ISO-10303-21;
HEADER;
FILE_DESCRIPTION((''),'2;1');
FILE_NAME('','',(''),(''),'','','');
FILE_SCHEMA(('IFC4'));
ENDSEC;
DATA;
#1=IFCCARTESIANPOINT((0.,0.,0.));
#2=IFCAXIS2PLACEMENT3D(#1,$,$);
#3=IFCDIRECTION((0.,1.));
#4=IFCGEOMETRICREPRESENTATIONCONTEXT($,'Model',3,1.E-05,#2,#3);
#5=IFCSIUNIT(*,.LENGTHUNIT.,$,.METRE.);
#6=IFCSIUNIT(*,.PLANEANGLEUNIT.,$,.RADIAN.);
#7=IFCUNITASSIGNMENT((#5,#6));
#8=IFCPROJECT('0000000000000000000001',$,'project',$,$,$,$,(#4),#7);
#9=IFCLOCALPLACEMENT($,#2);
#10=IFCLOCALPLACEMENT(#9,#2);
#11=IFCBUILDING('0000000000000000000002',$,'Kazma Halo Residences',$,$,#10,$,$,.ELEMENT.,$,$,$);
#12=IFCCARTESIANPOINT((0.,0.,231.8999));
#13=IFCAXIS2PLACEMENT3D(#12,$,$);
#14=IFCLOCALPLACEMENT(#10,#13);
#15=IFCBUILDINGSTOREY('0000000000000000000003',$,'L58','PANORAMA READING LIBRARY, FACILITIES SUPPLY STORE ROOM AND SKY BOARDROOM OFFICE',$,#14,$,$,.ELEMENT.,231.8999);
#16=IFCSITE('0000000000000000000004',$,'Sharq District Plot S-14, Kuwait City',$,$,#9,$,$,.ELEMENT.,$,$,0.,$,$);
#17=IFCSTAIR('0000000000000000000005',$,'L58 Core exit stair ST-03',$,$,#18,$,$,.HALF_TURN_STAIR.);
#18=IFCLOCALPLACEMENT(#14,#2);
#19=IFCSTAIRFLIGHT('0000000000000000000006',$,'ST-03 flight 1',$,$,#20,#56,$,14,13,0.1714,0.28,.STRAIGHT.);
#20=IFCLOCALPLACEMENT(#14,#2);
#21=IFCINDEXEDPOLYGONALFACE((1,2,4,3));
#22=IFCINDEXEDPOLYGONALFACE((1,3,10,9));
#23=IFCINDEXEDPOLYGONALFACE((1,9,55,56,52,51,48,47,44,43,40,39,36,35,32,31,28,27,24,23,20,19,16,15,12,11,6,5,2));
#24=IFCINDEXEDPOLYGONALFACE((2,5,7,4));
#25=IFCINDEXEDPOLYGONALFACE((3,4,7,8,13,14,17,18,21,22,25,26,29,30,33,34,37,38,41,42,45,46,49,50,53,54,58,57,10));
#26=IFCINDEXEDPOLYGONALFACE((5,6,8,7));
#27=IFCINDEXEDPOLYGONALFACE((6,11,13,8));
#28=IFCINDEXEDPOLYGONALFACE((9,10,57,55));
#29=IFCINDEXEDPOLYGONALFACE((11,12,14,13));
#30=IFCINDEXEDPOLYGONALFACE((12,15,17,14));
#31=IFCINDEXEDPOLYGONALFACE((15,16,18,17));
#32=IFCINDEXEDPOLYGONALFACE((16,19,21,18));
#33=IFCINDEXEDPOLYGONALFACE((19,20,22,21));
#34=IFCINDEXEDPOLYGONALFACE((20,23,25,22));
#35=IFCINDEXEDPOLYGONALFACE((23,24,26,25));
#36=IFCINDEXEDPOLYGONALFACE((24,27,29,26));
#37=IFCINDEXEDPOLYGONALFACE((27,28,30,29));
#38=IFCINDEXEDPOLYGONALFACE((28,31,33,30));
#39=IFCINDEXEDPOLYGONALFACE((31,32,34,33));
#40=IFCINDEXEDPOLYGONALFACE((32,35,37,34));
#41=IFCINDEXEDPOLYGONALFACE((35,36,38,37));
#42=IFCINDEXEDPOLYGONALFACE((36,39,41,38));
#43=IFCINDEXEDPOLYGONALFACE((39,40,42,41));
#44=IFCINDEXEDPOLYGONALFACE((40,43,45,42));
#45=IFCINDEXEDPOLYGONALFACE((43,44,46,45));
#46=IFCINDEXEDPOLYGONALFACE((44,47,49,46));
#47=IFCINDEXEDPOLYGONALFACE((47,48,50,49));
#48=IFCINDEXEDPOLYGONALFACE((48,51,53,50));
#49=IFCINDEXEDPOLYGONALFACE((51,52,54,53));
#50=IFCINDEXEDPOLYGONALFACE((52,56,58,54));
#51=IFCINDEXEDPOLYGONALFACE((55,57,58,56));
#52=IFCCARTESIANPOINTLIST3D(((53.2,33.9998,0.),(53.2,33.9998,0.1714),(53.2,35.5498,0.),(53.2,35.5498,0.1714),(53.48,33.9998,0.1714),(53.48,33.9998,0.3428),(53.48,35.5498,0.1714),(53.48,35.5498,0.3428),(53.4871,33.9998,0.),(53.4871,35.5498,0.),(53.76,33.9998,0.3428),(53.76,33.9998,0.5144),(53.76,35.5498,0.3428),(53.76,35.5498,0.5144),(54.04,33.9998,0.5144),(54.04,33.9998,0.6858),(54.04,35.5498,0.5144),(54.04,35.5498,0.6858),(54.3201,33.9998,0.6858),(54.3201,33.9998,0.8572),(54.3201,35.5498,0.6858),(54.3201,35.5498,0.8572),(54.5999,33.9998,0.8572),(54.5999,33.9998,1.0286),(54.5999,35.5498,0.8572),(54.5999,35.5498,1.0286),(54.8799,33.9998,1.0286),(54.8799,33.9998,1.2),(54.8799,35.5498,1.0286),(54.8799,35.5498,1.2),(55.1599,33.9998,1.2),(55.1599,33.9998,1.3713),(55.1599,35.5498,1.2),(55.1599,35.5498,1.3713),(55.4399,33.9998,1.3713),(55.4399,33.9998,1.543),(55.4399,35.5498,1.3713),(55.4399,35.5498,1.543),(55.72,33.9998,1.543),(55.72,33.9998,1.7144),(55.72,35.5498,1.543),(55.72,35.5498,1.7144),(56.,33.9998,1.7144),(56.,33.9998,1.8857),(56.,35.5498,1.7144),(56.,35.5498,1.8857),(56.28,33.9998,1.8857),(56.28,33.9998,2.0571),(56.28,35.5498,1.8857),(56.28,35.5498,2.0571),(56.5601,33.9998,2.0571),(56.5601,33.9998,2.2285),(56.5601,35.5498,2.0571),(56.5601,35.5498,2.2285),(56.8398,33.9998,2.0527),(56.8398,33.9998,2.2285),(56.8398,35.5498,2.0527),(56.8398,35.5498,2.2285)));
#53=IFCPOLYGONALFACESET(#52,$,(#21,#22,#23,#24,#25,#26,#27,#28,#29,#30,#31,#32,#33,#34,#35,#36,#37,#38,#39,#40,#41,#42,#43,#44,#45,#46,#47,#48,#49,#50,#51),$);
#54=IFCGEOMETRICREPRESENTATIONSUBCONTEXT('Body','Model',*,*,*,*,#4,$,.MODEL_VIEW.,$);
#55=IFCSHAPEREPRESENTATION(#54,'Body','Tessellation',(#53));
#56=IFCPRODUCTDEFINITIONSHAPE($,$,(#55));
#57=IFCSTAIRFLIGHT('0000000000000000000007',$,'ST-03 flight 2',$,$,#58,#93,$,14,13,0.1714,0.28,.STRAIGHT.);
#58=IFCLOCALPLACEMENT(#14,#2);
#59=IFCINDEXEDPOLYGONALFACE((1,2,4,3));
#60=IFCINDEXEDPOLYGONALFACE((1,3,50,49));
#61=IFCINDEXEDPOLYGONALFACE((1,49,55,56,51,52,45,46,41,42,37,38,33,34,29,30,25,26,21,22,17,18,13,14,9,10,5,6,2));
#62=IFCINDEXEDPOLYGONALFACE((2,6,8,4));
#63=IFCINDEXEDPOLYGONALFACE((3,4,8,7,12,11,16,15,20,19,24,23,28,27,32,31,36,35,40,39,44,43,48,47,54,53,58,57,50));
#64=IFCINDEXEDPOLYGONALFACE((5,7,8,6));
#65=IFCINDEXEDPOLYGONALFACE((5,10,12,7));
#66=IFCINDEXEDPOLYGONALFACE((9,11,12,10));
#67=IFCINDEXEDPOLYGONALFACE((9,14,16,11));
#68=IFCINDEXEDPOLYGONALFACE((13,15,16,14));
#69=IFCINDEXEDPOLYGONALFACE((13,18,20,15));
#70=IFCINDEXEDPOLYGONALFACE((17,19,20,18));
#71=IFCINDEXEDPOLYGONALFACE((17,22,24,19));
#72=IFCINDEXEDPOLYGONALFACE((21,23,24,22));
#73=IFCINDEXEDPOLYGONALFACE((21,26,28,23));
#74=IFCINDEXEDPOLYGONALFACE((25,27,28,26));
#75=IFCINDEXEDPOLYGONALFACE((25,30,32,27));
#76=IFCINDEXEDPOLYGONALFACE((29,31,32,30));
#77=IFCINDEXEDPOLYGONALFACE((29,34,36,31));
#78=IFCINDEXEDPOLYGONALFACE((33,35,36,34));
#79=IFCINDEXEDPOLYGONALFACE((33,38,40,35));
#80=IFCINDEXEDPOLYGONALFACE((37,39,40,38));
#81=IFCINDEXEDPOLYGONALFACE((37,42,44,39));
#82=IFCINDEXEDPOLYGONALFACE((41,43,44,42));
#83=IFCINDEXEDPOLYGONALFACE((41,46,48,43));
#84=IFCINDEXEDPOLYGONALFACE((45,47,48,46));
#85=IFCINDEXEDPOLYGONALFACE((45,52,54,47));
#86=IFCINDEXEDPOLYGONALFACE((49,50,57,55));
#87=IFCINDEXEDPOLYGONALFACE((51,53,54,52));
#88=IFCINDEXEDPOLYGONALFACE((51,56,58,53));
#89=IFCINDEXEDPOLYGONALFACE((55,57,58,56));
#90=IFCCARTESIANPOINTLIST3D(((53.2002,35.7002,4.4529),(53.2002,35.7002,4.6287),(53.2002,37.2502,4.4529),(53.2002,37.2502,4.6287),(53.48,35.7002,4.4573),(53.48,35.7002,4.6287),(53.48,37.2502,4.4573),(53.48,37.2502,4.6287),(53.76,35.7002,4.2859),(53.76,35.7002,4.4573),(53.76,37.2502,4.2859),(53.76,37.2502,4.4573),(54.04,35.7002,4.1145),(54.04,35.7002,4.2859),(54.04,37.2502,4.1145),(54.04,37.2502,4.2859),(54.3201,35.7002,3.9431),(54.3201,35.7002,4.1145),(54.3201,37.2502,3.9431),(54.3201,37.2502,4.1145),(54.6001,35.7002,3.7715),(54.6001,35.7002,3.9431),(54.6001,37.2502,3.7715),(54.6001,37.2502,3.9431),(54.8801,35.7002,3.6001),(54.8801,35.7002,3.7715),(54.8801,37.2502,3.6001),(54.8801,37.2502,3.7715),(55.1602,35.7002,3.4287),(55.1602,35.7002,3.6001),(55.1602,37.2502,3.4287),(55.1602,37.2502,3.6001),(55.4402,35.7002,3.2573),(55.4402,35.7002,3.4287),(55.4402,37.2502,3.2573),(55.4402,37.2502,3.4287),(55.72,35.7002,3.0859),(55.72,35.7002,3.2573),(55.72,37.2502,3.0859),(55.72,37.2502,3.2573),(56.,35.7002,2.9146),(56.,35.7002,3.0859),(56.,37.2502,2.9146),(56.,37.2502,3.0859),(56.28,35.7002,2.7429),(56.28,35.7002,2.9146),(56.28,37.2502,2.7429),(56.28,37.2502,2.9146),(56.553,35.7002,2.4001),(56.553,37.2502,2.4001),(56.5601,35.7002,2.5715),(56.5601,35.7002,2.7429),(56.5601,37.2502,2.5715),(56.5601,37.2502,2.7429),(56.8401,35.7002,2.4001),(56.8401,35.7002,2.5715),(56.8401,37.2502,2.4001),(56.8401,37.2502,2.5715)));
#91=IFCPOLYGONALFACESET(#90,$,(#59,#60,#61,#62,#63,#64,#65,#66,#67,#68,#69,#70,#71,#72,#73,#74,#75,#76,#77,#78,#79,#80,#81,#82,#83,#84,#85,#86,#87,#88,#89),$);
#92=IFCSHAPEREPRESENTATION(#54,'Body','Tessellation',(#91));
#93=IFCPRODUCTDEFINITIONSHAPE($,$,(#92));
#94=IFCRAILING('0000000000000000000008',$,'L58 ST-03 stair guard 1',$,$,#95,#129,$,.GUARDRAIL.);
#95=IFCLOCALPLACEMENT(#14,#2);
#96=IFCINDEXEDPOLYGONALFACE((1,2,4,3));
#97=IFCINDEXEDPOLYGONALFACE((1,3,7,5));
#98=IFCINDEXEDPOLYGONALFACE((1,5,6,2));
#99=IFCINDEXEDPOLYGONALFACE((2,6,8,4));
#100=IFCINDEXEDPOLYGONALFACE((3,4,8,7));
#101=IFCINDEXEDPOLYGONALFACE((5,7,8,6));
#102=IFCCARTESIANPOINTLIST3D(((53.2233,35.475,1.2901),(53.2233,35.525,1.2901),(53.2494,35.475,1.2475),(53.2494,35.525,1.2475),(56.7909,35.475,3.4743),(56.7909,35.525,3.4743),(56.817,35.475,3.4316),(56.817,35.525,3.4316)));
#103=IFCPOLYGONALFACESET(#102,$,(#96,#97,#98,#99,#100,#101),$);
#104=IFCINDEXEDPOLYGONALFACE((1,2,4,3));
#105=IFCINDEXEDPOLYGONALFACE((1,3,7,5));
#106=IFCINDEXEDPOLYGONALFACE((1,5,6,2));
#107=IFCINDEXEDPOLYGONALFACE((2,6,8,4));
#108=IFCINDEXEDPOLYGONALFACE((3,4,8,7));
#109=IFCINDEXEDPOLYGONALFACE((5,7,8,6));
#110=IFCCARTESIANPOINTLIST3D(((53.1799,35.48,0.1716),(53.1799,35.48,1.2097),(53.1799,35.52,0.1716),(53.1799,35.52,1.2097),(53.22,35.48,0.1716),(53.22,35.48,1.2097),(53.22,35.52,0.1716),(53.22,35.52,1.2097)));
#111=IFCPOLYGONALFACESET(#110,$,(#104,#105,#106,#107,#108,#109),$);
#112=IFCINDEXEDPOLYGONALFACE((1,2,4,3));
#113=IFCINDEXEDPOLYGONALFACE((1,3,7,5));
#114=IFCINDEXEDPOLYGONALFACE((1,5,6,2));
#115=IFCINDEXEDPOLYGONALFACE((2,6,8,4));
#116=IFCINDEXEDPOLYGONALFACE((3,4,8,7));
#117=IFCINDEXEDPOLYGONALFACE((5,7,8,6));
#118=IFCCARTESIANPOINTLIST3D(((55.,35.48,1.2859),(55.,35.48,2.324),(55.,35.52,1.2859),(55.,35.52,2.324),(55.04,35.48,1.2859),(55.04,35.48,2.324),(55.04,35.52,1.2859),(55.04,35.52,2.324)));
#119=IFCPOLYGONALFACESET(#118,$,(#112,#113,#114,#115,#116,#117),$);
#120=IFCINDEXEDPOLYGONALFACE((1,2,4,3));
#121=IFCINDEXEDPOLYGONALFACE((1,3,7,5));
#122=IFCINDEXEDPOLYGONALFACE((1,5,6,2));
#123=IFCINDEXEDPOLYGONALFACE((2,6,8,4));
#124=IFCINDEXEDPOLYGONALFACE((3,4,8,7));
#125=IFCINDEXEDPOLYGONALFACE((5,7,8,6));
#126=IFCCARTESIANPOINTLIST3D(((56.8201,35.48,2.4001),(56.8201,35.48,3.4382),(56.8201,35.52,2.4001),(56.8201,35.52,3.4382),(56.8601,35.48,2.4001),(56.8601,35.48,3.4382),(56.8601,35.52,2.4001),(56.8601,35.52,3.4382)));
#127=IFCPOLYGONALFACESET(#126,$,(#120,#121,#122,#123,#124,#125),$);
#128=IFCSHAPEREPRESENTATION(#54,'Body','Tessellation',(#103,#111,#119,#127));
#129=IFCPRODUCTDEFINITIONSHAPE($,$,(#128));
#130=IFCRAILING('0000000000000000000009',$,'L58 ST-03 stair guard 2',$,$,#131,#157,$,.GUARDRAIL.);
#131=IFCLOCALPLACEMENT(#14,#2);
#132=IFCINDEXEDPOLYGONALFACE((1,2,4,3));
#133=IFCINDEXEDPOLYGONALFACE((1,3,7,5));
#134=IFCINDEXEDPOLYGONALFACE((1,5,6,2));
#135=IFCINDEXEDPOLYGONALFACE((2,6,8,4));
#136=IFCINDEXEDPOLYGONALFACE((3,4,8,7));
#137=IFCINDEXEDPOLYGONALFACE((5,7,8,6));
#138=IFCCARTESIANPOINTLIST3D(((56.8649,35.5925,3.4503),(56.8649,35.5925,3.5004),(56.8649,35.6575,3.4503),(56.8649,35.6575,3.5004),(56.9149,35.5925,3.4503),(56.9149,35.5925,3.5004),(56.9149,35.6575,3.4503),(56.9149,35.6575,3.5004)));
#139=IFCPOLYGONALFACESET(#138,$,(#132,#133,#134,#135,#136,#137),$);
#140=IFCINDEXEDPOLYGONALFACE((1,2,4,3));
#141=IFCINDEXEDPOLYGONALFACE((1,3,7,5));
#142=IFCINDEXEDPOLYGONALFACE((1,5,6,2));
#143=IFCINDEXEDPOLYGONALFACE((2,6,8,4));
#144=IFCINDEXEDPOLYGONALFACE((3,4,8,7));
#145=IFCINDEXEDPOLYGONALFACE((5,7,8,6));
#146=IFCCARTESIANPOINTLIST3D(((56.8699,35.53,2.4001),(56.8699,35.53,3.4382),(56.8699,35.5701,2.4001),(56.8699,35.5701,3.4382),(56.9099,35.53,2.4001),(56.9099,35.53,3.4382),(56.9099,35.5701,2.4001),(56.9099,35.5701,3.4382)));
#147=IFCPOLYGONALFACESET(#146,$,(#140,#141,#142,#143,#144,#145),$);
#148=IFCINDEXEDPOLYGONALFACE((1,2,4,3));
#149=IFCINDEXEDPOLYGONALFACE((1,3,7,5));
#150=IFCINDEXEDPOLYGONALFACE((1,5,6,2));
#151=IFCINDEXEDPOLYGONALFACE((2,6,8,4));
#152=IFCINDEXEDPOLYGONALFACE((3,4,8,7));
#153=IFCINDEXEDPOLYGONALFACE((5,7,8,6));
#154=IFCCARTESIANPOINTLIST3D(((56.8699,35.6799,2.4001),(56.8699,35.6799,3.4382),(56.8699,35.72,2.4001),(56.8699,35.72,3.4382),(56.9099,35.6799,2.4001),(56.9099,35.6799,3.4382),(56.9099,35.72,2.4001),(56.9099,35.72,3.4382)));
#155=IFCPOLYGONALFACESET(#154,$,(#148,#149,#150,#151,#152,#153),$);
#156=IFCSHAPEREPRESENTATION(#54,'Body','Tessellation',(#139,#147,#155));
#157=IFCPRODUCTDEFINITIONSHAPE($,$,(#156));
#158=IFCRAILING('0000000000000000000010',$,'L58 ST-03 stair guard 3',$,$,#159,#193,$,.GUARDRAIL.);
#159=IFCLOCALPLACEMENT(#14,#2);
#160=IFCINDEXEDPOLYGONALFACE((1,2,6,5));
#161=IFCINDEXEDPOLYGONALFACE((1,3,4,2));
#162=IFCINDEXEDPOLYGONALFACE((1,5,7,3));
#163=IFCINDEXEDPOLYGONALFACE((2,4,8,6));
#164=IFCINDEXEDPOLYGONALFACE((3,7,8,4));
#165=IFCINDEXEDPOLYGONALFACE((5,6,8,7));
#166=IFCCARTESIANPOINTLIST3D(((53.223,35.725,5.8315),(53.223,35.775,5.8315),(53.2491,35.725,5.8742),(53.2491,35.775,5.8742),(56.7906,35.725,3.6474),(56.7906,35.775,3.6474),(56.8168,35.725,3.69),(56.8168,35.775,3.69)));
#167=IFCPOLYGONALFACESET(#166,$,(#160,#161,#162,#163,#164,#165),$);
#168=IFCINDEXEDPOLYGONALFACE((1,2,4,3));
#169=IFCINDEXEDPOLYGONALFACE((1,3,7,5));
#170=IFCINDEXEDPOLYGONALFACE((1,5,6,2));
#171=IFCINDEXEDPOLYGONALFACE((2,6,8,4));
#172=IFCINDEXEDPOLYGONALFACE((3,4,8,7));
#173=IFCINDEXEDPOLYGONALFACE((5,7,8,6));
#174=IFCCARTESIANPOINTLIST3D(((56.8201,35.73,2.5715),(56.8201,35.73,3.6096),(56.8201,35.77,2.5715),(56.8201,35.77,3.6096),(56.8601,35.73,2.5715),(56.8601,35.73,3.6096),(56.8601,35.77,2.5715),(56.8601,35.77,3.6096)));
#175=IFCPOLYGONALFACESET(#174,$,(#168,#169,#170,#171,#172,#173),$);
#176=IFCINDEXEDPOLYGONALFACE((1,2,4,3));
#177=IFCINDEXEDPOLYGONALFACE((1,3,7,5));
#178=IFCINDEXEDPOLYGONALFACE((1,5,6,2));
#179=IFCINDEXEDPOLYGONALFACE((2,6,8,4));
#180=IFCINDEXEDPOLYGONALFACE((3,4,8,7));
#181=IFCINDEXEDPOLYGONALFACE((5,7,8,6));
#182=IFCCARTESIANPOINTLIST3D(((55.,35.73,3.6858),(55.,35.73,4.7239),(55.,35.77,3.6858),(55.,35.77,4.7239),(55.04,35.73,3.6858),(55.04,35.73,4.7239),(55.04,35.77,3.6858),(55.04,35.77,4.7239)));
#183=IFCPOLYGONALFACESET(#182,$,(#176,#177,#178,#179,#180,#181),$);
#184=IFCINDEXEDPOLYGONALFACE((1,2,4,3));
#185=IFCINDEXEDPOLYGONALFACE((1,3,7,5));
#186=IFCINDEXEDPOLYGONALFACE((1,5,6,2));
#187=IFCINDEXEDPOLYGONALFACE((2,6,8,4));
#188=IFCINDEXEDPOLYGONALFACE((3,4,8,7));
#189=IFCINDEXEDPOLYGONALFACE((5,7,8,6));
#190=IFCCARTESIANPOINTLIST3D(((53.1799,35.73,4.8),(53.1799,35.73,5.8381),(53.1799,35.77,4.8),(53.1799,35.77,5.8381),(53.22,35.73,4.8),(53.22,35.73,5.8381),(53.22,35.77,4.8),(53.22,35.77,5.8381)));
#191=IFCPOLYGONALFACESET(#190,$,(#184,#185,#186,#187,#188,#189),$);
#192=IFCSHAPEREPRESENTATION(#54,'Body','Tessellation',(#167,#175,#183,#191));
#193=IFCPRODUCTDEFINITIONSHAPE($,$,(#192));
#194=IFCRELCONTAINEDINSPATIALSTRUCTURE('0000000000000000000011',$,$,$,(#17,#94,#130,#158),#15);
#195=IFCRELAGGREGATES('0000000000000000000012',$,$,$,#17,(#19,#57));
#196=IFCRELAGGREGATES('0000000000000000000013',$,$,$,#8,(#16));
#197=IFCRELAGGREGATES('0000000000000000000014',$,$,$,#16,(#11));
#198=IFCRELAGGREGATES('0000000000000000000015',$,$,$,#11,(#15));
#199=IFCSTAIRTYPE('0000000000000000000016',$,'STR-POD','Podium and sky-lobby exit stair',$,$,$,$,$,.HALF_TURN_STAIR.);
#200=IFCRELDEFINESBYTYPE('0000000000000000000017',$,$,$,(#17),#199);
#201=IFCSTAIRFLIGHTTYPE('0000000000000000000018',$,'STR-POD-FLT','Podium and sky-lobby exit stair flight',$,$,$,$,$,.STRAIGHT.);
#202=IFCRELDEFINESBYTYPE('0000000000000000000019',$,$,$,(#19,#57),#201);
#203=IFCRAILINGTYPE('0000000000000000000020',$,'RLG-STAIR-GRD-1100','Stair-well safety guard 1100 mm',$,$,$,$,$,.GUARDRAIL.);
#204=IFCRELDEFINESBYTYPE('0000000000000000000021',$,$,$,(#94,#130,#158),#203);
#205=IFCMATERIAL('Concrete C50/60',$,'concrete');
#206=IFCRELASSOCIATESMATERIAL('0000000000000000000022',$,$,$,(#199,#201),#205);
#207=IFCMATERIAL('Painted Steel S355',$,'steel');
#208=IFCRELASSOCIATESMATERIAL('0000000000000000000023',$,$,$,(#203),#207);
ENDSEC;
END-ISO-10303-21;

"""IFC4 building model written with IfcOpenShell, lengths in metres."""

from ifc_helpers import new_model, si_unit, direction, frame, origin, origin_2d, place, context, subcontext, project, spatial, polyline, rectangle, outline, extrude, material, type_object, element, aggregate, save


model = new_model("IFC4")

# Units and contexts
model_context = context("Model", 3, precision=1e-05, world=origin(), true_north=direction((0.0, 1.0)))
body_context = subcontext(model_context, "Body", "Model", "MODEL_VIEW")
ifc_project = project(units=[si_unit("LENGTHUNIT", "METRE"), si_unit("PLANEANGLEUNIT", "RADIAN")], contexts=[model_context])

# Site, building, storey
site_placement = place(None, origin())
site = spatial("IfcSite", under=ifc_project, at=site_placement, Name="Sharq District Plot S-14, Kuwait City", CompositionType="ELEMENT", RefElevation=0.0)
building_placement = place(site_placement, origin())
building = spatial("IfcBuilding", under=site, at=building_placement, Name="Kazma Halo Residences", CompositionType="ELEMENT")
storey_placement = place(building_placement, frame((0.0, 0.0, 231.8999)))
storey = spatial("IfcBuildingStorey", under=building, at=storey_placement, Name="L58", Description="PANORAMA READING LIBRARY, FACILITIES SUPPLY STORE ROOM AND SKY BOARDROOM OFFICE", CompositionType="ELEMENT", Elevation=231.8999)

# Shared definitions
ifc_material_1 = material(Name="Concrete C50/60", Category="concrete")

# Stair, stair flights
stair_type = type_object("IfcStairType", Name="STR-POD", Description="Podium and sky-lobby exit stair", PredefinedType="HALF_TURN_STAIR", material=ifc_material_1)
stair_placement = place(storey_placement, origin())
stair = element("IfcStair", 1, at=stair_placement, inside=storey, type_object=stair_type, Name="L58 Core exit stair ST-03", PredefinedType="HALF_TURN_STAIR")
stair_flight_type = type_object("IfcStairFlightType", Name="STR-POD-FLT", Description="Podium and sky-lobby exit stair flight", PredefinedType="STRAIGHT", material=ifc_material_1)
stair_flight_1_placement = place(storey_placement, frame((53.2, 34.7749, 0.0), z_axis=(0.0, 0.0, 1.0), x_axis=(1.0, 0.0, 0.0)))
stair_flight_1 = element("IfcStairFlight", 2, at=stair_flight_1_placement, type_object=stair_flight_type, Name="ST-03 flight 1", NumberOfRisers=14, NumberOfTreads=13, PredefinedType="STRAIGHT", RiserHeight=0.1714, TreadLength=0.28, context=body_context, shape_type="SweptSolid", body=[
    extrude(outline(polyline([(0.0, 0.0), (0.0, 0.1714), (0.28, 0.1714), (0.28, 0.3428), (0.5601, 0.3428), (0.5601, 0.5144), (0.8401, 0.5144), (0.8401, 0.6858), (1.1201, 0.6858), (1.1201, 0.8572), (1.3999, 0.8572), (1.3999, 1.0286), (1.6799, 1.0286), (1.6799, 1.2), (1.96, 1.2), (1.96, 1.3713), (2.24, 1.3713), (2.24, 1.543), (2.52, 1.543), (2.52, 1.7144), (2.8, 1.7144), (2.8, 1.8857), (3.0801, 1.8857), (3.0801, 2.0571), (3.3601, 2.0571), (3.3601, 2.2285), (3.6399, 2.2285), (3.6399, 2.3999), (3.6399, 2.0527), (0.2871, 0.0), (0.0, 0.0)])), frame((0.0, 0.7749, 0.0), z_axis=(0.0, -1.0, 0.0), x_axis=(1.0, 0.0, 0.0)), (0.0, 0.0, 1.0), 1.55),
])
stair_flight_2_placement = place(storey_placement, frame((56.8401, 36.4751, 2.4001), z_axis=(0.0, 0.0, 1.0), x_axis=(-1.0, 0.0, 0.0)))
stair_flight_2 = element("IfcStairFlight", 3, at=stair_flight_2_placement, type_object=stair_flight_type, Name="ST-03 flight 2", NumberOfRisers=14, NumberOfTreads=13, PredefinedType="STRAIGHT", RiserHeight=0.1714, TreadLength=0.28, context=body_context, shape_type="SweptSolid", body=[
    extrude(outline(polyline([(0.0, 0.0), (0.0, 0.1714), (0.28, 0.1714), (0.28, 0.3428), (0.5601, 0.3428), (0.5601, 0.5144), (0.8401, 0.5144), (0.8401, 0.6858), (1.1201, 0.6858), (1.1201, 0.8572), (1.3999, 0.8572), (1.3999, 1.0286), (1.6799, 1.0286), (1.6799, 1.2), (1.96, 1.2), (1.96, 1.3713), (2.24, 1.3713), (2.24, 1.543), (2.52, 1.543), (2.52, 1.7144), (2.8, 1.7144), (2.8, 1.8857), (3.0801, 1.8857), (3.0801, 2.0571), (3.3601, 2.0571), (3.3601, 2.2285), (3.6399, 2.2285), (3.6399, 2.3999), (3.6399, 2.0527), (0.2871, 0.0), (0.0, 0.0)])), frame((0.0, 0.7749, 0.0), z_axis=(0.0, -1.0, 0.0), x_axis=(1.0, 0.0, 0.0)), (0.0, 0.0, 1.0), 1.55),
])
aggregate(stair, [stair_flight_1, stair_flight_2])

# Railings
ifc_material_2 = material(Name="Painted Steel S355", Category="steel")
railing_type_1 = type_object("IfcRailingType", Name="RLG-STAIR-GRD-1100", Description="Stair-well safety guard 1100 mm", PredefinedType="GUARDRAIL", material=ifc_material_2)
railing_1_placement = place(storey_placement, frame((53.2, 35.5, 0.1716)))
element("IfcRailing", 4, at=railing_1_placement, inside=storey, type_object=railing_type_1, Name="L58 ST-03 stair guard 1", PredefinedType="GUARDRAIL", context=body_context, shape_type="SweptSolid", body=[
    extrude(rectangle(XDim=0.05, YDim=0.05, at=origin_2d()), frame((0.0364, 0.0, 1.0972), z_axis=(0.852866, 0.0, 0.52213), x_axis=(0.0, 1.0, 0.0)), (0.0, 0.0, 1.0), 4.1831),
    extrude(rectangle(XDim=0.04, YDim=0.04, at=origin_2d()), origin(), (0.0, 0.0, 1.0), 1.0381),
    extrude(rectangle(XDim=0.04, YDim=0.04, at=origin_2d()), frame((1.8201, 0.0, 1.1143)), (0.0, 0.0, 1.0), 1.0381),
    extrude(rectangle(XDim=0.04, YDim=0.04, at=origin_2d()), frame((3.6401, 0.0, 2.2285)), (0.0, 0.0, 1.0), 1.0381),
])
railing_2_placement = place(storey_placement, frame((56.8899, 35.55, 2.4001)))
element("IfcRailing", 5, at=railing_2_placement, inside=storey, type_object=railing_type_1, Name="L58 ST-03 stair guard 2", PredefinedType="GUARDRAIL", context=body_context, shape_type="SweptSolid", body=[
    extrude(rectangle(XDim=0.05, YDim=0.05, at=origin_2d()), frame((0.0, 0.0425, 1.0752), z_axis=(0.0, 1.0, 0.0), x_axis=(-1.0, 0.0, 0.0)), (0.0, 0.0, 1.0), 0.0649),
    extrude(rectangle(XDim=0.04, YDim=0.04, at=origin_2d()), origin(), (0.0, 0.0, 1.0), 1.0381),
    extrude(rectangle(XDim=0.04, YDim=0.04, at=origin_2d()), frame((0.0, 0.1499, 0.0)), (0.0, 0.0, 1.0), 1.0381),
])
railing_3_placement = place(storey_placement, frame((56.8401, 35.75, 2.5715)))
element("IfcRailing", 6, at=railing_3_placement, inside=storey, type_object=railing_type_1, Name="L58 ST-03 stair guard 3", PredefinedType="GUARDRAIL", context=body_context, shape_type="SweptSolid", body=[
    extrude(rectangle(XDim=0.05, YDim=0.05, at=origin_2d()), frame((-0.0364, 0.0, 1.0972), z_axis=(-0.852866, 0.0, 0.52213), x_axis=(0.0, -1.0, 0.0)), (0.0, 0.0, 1.0), 4.1831),
    extrude(rectangle(XDim=0.04, YDim=0.04, at=origin_2d()), origin(), (0.0, 0.0, 1.0), 1.0381),
    extrude(rectangle(XDim=0.04, YDim=0.04, at=origin_2d()), frame((-1.8201, 0.0, 1.1143)), (0.0, 0.0, 1.0), 1.0381),
    extrude(rectangle(XDim=0.04, YDim=0.04, at=origin_2d()), frame((-3.6401, 0.0, 2.2285)), (0.0, 0.0, 1.0), 1.0381),
])

save(model, "model.ifc")
